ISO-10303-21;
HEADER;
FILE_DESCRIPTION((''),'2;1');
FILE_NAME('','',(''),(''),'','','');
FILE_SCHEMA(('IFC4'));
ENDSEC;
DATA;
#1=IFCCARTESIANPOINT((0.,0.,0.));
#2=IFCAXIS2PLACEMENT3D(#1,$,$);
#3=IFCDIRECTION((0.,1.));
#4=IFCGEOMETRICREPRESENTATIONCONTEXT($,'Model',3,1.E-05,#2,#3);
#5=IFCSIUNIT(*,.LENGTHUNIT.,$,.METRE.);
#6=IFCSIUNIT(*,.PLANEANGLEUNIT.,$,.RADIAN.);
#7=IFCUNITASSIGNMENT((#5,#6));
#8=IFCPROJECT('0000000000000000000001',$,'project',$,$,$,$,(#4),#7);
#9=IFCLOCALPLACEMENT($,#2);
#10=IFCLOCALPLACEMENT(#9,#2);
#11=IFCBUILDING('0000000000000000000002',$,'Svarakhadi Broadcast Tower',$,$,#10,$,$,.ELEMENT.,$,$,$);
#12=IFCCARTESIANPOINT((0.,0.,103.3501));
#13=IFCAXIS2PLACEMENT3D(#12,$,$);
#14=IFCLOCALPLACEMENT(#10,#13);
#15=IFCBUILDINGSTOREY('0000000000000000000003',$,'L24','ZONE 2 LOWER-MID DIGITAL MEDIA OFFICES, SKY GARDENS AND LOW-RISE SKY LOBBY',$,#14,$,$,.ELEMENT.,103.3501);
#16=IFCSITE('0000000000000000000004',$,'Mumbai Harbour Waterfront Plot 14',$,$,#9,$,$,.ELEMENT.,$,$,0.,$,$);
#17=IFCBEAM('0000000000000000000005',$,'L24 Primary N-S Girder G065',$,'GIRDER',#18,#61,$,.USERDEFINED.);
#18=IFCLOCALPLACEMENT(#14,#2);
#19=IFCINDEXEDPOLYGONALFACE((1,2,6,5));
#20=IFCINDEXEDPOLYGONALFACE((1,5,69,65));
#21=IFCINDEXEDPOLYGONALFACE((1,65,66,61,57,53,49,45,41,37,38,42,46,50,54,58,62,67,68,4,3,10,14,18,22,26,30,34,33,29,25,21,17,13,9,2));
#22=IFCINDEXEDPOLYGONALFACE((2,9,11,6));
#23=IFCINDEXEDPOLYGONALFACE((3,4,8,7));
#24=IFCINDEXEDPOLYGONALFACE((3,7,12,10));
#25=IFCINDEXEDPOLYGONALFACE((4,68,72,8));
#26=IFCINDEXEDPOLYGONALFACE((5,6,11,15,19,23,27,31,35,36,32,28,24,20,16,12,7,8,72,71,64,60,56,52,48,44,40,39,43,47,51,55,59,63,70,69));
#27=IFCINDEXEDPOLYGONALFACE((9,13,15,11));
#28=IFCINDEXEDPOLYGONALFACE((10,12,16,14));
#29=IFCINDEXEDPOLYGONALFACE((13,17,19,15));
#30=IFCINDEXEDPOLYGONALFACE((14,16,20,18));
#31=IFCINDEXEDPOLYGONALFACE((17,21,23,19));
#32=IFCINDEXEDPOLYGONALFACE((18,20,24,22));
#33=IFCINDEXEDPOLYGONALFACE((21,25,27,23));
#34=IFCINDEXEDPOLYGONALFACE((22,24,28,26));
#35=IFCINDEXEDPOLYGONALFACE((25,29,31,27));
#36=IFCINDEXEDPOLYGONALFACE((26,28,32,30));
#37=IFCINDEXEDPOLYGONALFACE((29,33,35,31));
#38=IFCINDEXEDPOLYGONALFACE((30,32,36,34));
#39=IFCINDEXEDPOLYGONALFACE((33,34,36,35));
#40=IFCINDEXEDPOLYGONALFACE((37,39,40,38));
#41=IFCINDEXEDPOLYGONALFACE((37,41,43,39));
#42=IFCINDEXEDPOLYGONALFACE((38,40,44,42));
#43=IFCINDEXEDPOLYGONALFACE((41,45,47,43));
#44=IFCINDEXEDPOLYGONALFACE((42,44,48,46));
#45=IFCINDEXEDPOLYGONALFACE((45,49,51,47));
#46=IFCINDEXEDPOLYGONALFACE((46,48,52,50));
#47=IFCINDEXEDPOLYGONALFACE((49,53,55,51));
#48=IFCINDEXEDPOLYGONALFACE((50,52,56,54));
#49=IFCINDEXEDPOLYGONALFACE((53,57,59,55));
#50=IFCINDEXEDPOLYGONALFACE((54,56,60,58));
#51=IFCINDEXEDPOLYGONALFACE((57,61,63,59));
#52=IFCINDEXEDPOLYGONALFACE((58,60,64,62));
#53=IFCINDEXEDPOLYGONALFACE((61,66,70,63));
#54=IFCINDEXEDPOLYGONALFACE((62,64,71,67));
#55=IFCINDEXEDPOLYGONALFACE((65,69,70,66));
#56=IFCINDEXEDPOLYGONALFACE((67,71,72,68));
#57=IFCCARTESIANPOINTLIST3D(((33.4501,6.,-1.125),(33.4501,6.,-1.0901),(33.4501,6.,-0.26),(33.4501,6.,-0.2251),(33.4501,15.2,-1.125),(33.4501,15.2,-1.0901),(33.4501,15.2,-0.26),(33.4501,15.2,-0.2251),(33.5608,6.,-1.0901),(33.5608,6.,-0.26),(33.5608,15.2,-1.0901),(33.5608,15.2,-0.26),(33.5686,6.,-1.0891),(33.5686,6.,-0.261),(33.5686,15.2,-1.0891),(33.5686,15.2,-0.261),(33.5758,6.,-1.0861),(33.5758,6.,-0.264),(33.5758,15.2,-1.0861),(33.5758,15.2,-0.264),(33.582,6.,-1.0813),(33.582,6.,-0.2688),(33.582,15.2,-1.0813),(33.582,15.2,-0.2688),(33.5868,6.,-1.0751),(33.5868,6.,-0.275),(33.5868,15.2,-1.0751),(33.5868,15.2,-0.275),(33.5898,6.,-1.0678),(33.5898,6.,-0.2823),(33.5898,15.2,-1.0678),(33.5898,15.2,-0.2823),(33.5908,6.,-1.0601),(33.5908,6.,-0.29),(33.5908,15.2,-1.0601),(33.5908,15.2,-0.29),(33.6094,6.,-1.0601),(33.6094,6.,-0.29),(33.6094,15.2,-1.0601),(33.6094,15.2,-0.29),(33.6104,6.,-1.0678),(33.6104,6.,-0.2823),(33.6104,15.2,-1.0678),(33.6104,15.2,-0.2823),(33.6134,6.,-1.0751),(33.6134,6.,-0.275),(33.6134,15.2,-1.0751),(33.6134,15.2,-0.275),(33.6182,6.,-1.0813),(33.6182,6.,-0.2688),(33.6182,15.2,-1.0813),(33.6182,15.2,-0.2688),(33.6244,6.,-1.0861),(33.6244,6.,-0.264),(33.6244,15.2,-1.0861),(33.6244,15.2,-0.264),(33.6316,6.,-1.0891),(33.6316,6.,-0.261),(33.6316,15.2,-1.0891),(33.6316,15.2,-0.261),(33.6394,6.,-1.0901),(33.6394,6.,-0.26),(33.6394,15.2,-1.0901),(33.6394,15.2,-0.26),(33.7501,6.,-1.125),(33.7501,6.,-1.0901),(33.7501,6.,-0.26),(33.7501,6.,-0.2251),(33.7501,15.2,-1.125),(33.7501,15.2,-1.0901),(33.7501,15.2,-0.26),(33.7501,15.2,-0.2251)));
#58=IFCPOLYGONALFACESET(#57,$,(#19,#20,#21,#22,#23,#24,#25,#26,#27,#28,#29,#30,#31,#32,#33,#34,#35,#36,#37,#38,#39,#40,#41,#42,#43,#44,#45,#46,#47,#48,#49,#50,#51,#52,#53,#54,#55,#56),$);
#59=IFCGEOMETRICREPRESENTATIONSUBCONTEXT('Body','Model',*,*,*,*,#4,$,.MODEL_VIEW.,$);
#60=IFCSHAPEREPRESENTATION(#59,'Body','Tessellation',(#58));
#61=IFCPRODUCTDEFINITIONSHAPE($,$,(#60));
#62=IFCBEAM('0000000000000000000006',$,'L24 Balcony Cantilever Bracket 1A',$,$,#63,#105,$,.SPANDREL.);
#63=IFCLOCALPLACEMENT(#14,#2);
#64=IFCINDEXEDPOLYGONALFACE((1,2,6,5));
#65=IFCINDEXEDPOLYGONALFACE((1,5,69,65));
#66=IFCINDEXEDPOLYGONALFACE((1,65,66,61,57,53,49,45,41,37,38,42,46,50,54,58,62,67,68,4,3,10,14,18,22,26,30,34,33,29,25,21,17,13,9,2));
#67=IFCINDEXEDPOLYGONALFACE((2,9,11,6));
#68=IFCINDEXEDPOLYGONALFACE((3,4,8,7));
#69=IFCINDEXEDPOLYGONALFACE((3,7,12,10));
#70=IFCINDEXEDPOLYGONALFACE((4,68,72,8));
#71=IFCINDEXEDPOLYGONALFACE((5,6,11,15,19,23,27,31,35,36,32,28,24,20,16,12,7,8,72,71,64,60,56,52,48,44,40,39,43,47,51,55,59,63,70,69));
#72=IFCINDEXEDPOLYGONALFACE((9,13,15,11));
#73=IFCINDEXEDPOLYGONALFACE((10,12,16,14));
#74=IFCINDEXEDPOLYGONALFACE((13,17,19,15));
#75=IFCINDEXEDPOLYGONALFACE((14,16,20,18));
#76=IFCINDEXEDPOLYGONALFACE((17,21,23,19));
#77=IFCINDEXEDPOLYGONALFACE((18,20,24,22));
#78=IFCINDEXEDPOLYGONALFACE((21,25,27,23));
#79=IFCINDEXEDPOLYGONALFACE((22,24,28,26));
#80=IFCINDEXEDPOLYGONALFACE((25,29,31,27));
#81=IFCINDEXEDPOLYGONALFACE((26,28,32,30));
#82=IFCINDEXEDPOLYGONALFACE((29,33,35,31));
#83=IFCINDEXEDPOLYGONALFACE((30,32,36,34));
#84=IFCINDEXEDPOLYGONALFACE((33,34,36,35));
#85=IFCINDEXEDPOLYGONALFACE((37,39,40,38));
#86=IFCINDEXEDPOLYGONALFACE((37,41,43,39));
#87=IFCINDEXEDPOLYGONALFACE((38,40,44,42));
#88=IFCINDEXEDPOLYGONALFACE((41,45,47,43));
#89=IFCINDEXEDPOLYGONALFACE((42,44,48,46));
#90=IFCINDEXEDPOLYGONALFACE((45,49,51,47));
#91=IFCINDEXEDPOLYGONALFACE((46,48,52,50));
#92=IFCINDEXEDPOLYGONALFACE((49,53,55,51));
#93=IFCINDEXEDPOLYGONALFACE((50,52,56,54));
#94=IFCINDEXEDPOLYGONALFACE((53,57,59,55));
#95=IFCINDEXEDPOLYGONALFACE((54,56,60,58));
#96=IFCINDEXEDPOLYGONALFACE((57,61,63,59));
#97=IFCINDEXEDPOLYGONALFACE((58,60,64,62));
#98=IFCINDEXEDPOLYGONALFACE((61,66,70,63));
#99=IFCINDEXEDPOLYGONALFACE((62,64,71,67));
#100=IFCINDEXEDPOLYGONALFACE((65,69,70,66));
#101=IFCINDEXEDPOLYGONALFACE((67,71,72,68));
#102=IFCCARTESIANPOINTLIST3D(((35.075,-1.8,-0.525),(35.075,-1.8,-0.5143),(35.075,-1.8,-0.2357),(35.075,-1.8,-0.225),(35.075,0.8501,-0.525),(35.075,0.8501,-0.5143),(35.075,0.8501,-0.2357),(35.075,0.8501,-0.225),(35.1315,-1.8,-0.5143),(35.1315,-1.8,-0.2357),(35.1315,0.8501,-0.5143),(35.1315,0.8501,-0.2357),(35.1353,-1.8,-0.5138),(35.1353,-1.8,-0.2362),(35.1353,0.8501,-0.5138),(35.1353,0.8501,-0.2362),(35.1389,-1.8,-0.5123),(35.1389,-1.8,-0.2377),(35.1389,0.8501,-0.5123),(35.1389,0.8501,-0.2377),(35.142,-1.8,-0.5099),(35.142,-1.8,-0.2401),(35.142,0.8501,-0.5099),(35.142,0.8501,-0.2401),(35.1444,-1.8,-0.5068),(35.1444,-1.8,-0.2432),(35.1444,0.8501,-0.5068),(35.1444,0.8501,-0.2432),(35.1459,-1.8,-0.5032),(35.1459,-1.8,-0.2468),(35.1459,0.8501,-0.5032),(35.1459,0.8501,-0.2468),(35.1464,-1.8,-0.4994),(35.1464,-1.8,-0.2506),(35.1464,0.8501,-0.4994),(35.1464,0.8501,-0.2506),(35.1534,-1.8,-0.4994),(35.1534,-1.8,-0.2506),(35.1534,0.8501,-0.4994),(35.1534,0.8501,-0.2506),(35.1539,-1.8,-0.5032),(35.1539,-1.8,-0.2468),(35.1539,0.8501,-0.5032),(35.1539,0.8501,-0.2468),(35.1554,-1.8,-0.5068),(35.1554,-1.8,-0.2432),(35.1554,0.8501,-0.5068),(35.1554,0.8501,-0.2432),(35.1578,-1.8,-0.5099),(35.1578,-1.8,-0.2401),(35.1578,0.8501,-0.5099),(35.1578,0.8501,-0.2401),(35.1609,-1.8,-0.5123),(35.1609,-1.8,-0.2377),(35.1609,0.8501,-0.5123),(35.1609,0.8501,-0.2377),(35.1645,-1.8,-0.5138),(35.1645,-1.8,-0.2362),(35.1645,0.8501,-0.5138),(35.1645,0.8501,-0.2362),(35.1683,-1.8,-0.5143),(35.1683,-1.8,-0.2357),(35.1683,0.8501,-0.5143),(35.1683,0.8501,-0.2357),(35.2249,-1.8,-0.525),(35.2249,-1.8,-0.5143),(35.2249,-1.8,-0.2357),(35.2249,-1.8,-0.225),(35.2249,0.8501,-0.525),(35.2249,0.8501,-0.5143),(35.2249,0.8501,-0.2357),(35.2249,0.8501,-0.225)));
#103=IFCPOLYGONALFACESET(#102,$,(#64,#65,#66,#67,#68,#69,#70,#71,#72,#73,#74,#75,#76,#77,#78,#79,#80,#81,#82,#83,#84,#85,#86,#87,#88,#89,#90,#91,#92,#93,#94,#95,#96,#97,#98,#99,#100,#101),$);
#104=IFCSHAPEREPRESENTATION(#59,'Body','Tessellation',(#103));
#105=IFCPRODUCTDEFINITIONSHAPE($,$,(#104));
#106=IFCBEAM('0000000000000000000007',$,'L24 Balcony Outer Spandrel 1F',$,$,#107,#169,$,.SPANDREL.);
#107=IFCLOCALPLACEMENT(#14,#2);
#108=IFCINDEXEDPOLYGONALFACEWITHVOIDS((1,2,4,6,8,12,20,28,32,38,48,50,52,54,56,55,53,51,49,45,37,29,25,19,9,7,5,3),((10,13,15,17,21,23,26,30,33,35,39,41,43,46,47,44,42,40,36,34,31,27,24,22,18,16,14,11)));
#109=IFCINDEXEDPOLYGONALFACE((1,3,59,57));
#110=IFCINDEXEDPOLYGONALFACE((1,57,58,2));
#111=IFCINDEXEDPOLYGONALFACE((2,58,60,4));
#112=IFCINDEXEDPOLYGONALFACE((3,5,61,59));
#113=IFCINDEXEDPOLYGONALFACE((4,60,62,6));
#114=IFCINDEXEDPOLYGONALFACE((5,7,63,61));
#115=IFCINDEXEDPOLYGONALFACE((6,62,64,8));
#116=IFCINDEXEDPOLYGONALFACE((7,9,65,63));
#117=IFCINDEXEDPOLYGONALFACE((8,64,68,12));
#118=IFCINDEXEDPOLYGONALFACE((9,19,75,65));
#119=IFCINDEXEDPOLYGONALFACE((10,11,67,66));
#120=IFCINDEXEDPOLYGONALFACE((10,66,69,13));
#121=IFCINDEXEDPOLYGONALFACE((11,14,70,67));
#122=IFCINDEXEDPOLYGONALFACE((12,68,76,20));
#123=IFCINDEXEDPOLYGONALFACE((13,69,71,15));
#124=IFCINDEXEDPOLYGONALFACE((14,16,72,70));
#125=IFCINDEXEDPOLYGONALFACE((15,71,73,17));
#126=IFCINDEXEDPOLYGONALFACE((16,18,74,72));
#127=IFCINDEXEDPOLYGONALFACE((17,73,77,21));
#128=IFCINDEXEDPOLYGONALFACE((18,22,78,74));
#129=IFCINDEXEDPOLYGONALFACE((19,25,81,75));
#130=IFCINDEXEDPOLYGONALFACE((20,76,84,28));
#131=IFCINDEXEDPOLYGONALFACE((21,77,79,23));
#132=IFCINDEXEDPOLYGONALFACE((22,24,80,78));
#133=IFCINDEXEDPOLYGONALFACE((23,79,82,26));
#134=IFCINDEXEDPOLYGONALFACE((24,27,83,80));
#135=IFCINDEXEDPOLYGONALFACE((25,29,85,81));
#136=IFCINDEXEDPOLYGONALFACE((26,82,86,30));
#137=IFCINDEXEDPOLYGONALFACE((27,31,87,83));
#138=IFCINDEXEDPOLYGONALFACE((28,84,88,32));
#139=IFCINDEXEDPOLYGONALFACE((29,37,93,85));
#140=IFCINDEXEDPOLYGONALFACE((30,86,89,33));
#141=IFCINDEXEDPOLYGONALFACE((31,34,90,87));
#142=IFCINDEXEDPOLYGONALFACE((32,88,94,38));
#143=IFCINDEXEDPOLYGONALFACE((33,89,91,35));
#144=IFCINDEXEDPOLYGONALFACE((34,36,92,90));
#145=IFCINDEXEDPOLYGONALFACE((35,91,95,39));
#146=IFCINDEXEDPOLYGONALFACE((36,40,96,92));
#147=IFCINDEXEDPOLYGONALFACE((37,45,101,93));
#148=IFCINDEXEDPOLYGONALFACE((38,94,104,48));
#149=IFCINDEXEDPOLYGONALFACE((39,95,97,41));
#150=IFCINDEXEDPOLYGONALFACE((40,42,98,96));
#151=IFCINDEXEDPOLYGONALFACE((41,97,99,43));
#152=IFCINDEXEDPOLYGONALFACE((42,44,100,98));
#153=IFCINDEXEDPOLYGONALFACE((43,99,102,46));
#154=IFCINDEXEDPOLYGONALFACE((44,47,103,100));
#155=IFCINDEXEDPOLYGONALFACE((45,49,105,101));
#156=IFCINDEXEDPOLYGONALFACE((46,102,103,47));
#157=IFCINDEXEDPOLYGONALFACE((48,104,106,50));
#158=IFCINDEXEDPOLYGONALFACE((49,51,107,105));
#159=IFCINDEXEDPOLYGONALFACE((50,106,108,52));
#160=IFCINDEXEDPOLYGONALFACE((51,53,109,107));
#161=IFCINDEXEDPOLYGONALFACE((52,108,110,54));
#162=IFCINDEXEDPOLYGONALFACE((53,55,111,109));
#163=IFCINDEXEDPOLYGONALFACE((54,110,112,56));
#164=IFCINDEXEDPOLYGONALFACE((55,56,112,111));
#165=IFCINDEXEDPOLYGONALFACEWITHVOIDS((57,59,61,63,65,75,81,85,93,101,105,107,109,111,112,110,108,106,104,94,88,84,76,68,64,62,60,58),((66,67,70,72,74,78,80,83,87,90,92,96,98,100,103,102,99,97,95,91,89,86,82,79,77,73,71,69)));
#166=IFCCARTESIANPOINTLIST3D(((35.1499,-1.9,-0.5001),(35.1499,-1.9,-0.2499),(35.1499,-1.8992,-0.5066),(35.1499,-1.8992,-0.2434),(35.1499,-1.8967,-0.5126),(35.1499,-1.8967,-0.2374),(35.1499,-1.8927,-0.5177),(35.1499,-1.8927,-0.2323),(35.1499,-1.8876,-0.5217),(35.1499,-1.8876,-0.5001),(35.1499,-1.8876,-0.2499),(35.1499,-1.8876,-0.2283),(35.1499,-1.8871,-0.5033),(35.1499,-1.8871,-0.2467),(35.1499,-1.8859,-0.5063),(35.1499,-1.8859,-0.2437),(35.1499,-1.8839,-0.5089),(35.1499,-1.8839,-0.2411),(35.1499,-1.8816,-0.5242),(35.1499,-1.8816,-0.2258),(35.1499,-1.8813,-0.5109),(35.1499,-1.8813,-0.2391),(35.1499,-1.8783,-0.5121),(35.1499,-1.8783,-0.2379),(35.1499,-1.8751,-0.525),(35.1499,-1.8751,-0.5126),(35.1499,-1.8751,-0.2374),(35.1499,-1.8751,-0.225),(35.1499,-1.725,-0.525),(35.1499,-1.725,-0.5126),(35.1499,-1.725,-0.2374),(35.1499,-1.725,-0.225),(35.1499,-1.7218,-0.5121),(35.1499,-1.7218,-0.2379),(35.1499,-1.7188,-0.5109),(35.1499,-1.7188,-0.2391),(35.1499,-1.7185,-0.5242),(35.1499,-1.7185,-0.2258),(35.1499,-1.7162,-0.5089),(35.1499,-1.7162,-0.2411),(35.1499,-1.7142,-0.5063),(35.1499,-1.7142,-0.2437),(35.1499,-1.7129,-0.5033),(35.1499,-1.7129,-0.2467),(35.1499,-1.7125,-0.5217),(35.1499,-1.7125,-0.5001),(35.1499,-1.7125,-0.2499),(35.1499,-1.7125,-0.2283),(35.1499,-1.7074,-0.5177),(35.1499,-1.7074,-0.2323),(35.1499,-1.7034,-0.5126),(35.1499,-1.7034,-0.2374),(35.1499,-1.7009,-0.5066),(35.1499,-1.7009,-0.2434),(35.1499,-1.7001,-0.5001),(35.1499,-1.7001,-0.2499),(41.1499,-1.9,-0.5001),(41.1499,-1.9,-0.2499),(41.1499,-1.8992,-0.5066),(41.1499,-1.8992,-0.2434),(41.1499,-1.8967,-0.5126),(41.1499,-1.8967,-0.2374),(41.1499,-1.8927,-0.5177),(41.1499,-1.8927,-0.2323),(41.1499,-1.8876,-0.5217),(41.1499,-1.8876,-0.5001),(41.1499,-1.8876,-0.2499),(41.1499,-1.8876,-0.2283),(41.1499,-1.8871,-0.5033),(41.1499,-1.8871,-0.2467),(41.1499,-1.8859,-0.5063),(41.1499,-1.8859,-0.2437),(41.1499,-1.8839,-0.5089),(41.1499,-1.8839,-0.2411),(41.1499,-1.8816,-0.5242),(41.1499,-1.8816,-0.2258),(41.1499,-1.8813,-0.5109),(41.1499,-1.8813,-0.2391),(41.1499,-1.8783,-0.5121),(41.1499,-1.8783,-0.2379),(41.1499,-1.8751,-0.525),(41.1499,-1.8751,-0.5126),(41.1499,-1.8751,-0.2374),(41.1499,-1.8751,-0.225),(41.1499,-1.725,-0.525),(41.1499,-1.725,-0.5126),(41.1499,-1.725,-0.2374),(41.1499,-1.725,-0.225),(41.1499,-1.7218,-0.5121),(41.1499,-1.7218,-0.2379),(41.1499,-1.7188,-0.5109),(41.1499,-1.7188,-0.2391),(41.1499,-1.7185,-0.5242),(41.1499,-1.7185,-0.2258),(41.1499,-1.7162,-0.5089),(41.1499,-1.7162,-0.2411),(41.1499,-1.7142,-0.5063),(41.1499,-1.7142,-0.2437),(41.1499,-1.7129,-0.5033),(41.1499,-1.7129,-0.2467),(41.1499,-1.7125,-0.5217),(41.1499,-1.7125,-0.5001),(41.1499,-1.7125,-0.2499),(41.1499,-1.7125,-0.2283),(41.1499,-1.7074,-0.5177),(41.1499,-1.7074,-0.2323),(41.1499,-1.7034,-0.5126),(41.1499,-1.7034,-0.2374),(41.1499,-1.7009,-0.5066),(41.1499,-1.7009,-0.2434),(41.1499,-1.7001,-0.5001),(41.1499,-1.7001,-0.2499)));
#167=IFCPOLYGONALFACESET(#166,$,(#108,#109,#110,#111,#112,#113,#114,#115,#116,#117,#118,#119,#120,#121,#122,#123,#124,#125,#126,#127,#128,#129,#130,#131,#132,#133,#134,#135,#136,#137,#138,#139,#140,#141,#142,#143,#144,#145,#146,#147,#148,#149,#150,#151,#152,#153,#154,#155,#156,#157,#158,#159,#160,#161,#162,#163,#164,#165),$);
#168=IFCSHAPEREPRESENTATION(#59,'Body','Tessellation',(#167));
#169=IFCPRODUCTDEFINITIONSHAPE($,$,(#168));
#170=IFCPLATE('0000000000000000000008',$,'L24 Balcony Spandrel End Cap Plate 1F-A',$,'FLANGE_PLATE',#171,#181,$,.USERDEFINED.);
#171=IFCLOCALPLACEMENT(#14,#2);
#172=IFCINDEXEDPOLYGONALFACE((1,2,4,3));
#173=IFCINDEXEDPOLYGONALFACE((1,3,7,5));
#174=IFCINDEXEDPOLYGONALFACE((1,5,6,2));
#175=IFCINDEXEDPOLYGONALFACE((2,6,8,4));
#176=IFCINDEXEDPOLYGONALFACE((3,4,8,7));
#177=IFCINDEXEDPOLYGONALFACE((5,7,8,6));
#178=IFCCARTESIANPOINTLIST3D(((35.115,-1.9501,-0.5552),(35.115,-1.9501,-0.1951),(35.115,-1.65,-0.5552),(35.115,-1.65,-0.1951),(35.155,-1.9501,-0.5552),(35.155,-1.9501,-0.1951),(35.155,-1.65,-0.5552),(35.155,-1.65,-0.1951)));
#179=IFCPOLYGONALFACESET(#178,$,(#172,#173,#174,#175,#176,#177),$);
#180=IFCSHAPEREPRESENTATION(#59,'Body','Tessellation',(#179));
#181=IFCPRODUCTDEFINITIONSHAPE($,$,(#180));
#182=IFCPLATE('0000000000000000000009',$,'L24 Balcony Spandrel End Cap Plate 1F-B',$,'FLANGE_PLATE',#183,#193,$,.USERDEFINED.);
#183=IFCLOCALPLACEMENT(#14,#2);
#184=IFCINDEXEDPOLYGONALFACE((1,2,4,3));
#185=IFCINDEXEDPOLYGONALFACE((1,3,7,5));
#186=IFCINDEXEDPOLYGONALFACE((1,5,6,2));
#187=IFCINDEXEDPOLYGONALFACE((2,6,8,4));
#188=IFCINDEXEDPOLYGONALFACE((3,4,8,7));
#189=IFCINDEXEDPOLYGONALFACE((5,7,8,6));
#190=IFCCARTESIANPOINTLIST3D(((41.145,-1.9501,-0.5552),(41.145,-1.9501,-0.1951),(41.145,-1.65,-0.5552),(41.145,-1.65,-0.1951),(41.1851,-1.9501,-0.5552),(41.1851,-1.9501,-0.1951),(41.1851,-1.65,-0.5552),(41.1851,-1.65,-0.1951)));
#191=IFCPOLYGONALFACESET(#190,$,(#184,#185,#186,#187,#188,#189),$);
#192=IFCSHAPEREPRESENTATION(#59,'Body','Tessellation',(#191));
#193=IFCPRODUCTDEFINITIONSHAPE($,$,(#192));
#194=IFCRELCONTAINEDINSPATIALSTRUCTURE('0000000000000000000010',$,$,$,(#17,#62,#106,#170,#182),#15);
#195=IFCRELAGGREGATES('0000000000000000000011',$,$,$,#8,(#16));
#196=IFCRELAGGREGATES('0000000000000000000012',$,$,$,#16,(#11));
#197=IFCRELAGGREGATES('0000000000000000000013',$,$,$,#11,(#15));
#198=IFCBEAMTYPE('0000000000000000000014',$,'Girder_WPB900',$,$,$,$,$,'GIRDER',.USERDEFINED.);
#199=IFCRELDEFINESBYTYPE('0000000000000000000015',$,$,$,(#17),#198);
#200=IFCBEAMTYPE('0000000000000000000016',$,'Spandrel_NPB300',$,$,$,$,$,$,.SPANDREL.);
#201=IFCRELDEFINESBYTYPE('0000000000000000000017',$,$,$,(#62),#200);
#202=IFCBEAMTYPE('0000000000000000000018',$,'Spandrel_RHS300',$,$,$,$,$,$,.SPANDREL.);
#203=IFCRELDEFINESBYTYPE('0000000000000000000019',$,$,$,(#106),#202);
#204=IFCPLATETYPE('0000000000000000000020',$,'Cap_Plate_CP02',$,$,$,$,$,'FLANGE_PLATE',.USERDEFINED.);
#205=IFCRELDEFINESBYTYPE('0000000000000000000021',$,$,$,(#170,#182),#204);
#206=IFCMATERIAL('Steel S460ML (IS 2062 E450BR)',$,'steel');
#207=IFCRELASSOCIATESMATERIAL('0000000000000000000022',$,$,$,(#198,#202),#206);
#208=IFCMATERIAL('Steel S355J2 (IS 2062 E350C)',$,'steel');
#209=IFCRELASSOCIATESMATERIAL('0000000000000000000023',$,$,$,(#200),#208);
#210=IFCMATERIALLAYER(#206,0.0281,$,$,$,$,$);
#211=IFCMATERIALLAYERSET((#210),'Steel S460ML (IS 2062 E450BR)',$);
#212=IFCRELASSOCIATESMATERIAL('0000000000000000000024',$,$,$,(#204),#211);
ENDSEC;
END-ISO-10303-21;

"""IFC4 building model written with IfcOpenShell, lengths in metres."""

from ifc_helpers import new_model, si_unit, direction, frame, origin, origin_2d, place, context, subcontext, project, spatial, rectangle, hollow_rectangle, i_section, extrude, material, layer, layer_set, material_profile, profile_set, type_object, element, save


model = new_model("IFC4")

# Units and contexts
model_context = context("Model", 3, precision=1e-05, world=origin(), true_north=direction((0.0, 1.0)))
body_context = subcontext(model_context, "Body", "Model", "MODEL_VIEW")
ifc_project = project(units=[si_unit("LENGTHUNIT", "METRE"), si_unit("PLANEANGLEUNIT", "RADIAN")], contexts=[model_context])

# Site, building, storey
site_placement = place(None, origin())
site = spatial("IfcSite", under=ifc_project, at=site_placement, Name="Mumbai Harbour Waterfront Plot 14", CompositionType="ELEMENT", RefElevation=0.0)
building_placement = place(site_placement, origin())
building = spatial("IfcBuilding", under=site, at=building_placement, Name="Svarakhadi Broadcast Tower", CompositionType="ELEMENT")
storey_placement = place(building_placement, frame((0.0, 0.0, 103.3501)))
storey = spatial("IfcBuildingStorey", under=building, at=storey_placement, Name="L24", Description="ZONE 2 LOWER-MID DIGITAL MEDIA OFFICES, SKY GARDENS AND LOW-RISE SKY LOBBY", CompositionType="ELEMENT", Elevation=103.3501)

# Shared definitions
ifc_material_1 = material(Name="Steel S460ML (IS 2062 E450BR)", Category="steel")

# Shared definitions
ifc_material_2 = material(Name="Steel S355J2 (IS 2062 E350C)", Category="steel")

# Beams
ifc_material_profile_1 = material_profile(ifc_material_1, i_section(OverallWidth=0.3, OverallDepth=0.8999, WebThickness=0.0186, FlangeThickness=0.0349, FilletRadius=0.03, at=origin_2d()), Name="WPB 900x300x291")
ifc_profile_set_1 = profile_set([ifc_material_profile_1], Name="Steel S460ML (IS 2062 E450BR)")
beam_type_1 = type_object("IfcBeamType", Name="Girder_WPB900", ElementType="GIRDER", PredefinedType="USERDEFINED", material=ifc_profile_set_1)
beam_1_placement = place(storey_placement, frame((33.6001, 6.0, -0.675), z_axis=(0.0, 1.0, 0.0), x_axis=(-1.0, 0.0, 0.0)))
element("IfcBeam", 1, at=beam_1_placement, inside=storey, type_object=beam_type_1, Name="L24 Primary N-S Girder G065", ObjectType="GIRDER", PredefinedType="USERDEFINED", context=body_context, shape_type="SweptSolid", body=[
    extrude(i_section(OverallWidth=0.3, OverallDepth=0.8999, WebThickness=0.0186, FlangeThickness=0.0349, FilletRadius=0.03, at=origin_2d()), origin(), (0.0, 0.0, 1.0), 9.2),
])
ifc_material_profile_2 = material_profile(ifc_material_2, i_section(OverallWidth=0.1499, OverallDepth=0.3, WebThickness=0.0071, FlangeThickness=0.0107, FilletRadius=0.0149, at=origin_2d()), Name="NPB 300x150x37")
ifc_profile_set_2 = profile_set([ifc_material_profile_2], Name="Steel S355J2 (IS 2062 E350C)")
beam_type_2 = type_object("IfcBeamType", Name="Spandrel_NPB300", PredefinedType="SPANDREL", material=ifc_profile_set_2)
beam_2_placement = place(storey_placement, frame((35.1499, 0.8501, -0.375), z_axis=(0.0, -1.0, 0.0), x_axis=(1.0, 0.0, 0.0)))
element("IfcBeam", 2, at=beam_2_placement, inside=storey, type_object=beam_type_2, Name="L24 Balcony Cantilever Bracket 1A", PredefinedType="SPANDREL", context=body_context, shape_type="SweptSolid", body=[
    extrude(i_section(OverallWidth=0.1499, OverallDepth=0.3, WebThickness=0.0071, FlangeThickness=0.0107, FilletRadius=0.0149, at=origin_2d()), origin(), (0.0, 0.0, 1.0), 2.6501),
])
ifc_material_profile_3 = material_profile(ifc_material_1, hollow_rectangle(XDim=0.2, YDim=0.3, WallThickness=0.0125, InnerFilletRadius=0.0125, OuterFilletRadius=0.0249, at=origin_2d()), Name="RHS 300x200x12.5")
ifc_profile_set_3 = profile_set([ifc_material_profile_3], Name="Steel S460ML (IS 2062 E450BR)")
beam_type_3 = type_object("IfcBeamType", Name="Spandrel_RHS300", PredefinedType="SPANDREL", material=ifc_profile_set_3)
beam_3_placement = place(storey_placement, frame((35.1499, -1.8, -0.375), z_axis=(1.0, 0.0, 0.0), x_axis=(0.0, 1.0, 0.0)))
element("IfcBeam", 3, at=beam_3_placement, inside=storey, type_object=beam_type_3, Name="L24 Balcony Outer Spandrel 1F", PredefinedType="SPANDREL", context=body_context, shape_type="SweptSolid", body=[
    extrude(hollow_rectangle(XDim=0.2, YDim=0.3, WallThickness=0.0125, InnerFilletRadius=0.0125, OuterFilletRadius=0.0249, at=origin_2d()), origin(), (0.0, 0.0, 1.0), 6.0),
])

# Plates
ifc_layer_1 = layer(ifc_material_1, 0.0281)
ifc_layer_set_1 = layer_set([ifc_layer_1], Name="Steel S460ML (IS 2062 E450BR)")
plate_type_1 = type_object("IfcPlateType", Name="Cap_Plate_CP02", ElementType="FLANGE_PLATE", PredefinedType="USERDEFINED", material=ifc_layer_set_1)
for number, where, z_axis, x_axis, name in (
    (4, (35.135, -1.8, -0.5552), (0.0, 0.0, 1.0), (1.0, 0.0, 0.0), "L24 Balcony Spandrel End Cap Plate 1F-A"),
    (5, (41.165, -1.8, -0.5552), (0.0, 0.0, 1.0), (1.0, 0.0, 0.0), "L24 Balcony Spandrel End Cap Plate 1F-B"),
):
    element("IfcPlate", number, at=place(storey_placement, frame(where, z_axis=z_axis, x_axis=x_axis)), inside=storey, type_object=plate_type_1, Name=name, ObjectType="FLANGE_PLATE", PredefinedType="USERDEFINED", context=body_context, shape_type="SweptSolid", body=[
        extrude(rectangle(XDim=0.04, YDim=0.3, at=origin_2d()), origin(), (0.0, 0.0, 1.0), 0.3601),
    ])

save(model, "model.ifc")
